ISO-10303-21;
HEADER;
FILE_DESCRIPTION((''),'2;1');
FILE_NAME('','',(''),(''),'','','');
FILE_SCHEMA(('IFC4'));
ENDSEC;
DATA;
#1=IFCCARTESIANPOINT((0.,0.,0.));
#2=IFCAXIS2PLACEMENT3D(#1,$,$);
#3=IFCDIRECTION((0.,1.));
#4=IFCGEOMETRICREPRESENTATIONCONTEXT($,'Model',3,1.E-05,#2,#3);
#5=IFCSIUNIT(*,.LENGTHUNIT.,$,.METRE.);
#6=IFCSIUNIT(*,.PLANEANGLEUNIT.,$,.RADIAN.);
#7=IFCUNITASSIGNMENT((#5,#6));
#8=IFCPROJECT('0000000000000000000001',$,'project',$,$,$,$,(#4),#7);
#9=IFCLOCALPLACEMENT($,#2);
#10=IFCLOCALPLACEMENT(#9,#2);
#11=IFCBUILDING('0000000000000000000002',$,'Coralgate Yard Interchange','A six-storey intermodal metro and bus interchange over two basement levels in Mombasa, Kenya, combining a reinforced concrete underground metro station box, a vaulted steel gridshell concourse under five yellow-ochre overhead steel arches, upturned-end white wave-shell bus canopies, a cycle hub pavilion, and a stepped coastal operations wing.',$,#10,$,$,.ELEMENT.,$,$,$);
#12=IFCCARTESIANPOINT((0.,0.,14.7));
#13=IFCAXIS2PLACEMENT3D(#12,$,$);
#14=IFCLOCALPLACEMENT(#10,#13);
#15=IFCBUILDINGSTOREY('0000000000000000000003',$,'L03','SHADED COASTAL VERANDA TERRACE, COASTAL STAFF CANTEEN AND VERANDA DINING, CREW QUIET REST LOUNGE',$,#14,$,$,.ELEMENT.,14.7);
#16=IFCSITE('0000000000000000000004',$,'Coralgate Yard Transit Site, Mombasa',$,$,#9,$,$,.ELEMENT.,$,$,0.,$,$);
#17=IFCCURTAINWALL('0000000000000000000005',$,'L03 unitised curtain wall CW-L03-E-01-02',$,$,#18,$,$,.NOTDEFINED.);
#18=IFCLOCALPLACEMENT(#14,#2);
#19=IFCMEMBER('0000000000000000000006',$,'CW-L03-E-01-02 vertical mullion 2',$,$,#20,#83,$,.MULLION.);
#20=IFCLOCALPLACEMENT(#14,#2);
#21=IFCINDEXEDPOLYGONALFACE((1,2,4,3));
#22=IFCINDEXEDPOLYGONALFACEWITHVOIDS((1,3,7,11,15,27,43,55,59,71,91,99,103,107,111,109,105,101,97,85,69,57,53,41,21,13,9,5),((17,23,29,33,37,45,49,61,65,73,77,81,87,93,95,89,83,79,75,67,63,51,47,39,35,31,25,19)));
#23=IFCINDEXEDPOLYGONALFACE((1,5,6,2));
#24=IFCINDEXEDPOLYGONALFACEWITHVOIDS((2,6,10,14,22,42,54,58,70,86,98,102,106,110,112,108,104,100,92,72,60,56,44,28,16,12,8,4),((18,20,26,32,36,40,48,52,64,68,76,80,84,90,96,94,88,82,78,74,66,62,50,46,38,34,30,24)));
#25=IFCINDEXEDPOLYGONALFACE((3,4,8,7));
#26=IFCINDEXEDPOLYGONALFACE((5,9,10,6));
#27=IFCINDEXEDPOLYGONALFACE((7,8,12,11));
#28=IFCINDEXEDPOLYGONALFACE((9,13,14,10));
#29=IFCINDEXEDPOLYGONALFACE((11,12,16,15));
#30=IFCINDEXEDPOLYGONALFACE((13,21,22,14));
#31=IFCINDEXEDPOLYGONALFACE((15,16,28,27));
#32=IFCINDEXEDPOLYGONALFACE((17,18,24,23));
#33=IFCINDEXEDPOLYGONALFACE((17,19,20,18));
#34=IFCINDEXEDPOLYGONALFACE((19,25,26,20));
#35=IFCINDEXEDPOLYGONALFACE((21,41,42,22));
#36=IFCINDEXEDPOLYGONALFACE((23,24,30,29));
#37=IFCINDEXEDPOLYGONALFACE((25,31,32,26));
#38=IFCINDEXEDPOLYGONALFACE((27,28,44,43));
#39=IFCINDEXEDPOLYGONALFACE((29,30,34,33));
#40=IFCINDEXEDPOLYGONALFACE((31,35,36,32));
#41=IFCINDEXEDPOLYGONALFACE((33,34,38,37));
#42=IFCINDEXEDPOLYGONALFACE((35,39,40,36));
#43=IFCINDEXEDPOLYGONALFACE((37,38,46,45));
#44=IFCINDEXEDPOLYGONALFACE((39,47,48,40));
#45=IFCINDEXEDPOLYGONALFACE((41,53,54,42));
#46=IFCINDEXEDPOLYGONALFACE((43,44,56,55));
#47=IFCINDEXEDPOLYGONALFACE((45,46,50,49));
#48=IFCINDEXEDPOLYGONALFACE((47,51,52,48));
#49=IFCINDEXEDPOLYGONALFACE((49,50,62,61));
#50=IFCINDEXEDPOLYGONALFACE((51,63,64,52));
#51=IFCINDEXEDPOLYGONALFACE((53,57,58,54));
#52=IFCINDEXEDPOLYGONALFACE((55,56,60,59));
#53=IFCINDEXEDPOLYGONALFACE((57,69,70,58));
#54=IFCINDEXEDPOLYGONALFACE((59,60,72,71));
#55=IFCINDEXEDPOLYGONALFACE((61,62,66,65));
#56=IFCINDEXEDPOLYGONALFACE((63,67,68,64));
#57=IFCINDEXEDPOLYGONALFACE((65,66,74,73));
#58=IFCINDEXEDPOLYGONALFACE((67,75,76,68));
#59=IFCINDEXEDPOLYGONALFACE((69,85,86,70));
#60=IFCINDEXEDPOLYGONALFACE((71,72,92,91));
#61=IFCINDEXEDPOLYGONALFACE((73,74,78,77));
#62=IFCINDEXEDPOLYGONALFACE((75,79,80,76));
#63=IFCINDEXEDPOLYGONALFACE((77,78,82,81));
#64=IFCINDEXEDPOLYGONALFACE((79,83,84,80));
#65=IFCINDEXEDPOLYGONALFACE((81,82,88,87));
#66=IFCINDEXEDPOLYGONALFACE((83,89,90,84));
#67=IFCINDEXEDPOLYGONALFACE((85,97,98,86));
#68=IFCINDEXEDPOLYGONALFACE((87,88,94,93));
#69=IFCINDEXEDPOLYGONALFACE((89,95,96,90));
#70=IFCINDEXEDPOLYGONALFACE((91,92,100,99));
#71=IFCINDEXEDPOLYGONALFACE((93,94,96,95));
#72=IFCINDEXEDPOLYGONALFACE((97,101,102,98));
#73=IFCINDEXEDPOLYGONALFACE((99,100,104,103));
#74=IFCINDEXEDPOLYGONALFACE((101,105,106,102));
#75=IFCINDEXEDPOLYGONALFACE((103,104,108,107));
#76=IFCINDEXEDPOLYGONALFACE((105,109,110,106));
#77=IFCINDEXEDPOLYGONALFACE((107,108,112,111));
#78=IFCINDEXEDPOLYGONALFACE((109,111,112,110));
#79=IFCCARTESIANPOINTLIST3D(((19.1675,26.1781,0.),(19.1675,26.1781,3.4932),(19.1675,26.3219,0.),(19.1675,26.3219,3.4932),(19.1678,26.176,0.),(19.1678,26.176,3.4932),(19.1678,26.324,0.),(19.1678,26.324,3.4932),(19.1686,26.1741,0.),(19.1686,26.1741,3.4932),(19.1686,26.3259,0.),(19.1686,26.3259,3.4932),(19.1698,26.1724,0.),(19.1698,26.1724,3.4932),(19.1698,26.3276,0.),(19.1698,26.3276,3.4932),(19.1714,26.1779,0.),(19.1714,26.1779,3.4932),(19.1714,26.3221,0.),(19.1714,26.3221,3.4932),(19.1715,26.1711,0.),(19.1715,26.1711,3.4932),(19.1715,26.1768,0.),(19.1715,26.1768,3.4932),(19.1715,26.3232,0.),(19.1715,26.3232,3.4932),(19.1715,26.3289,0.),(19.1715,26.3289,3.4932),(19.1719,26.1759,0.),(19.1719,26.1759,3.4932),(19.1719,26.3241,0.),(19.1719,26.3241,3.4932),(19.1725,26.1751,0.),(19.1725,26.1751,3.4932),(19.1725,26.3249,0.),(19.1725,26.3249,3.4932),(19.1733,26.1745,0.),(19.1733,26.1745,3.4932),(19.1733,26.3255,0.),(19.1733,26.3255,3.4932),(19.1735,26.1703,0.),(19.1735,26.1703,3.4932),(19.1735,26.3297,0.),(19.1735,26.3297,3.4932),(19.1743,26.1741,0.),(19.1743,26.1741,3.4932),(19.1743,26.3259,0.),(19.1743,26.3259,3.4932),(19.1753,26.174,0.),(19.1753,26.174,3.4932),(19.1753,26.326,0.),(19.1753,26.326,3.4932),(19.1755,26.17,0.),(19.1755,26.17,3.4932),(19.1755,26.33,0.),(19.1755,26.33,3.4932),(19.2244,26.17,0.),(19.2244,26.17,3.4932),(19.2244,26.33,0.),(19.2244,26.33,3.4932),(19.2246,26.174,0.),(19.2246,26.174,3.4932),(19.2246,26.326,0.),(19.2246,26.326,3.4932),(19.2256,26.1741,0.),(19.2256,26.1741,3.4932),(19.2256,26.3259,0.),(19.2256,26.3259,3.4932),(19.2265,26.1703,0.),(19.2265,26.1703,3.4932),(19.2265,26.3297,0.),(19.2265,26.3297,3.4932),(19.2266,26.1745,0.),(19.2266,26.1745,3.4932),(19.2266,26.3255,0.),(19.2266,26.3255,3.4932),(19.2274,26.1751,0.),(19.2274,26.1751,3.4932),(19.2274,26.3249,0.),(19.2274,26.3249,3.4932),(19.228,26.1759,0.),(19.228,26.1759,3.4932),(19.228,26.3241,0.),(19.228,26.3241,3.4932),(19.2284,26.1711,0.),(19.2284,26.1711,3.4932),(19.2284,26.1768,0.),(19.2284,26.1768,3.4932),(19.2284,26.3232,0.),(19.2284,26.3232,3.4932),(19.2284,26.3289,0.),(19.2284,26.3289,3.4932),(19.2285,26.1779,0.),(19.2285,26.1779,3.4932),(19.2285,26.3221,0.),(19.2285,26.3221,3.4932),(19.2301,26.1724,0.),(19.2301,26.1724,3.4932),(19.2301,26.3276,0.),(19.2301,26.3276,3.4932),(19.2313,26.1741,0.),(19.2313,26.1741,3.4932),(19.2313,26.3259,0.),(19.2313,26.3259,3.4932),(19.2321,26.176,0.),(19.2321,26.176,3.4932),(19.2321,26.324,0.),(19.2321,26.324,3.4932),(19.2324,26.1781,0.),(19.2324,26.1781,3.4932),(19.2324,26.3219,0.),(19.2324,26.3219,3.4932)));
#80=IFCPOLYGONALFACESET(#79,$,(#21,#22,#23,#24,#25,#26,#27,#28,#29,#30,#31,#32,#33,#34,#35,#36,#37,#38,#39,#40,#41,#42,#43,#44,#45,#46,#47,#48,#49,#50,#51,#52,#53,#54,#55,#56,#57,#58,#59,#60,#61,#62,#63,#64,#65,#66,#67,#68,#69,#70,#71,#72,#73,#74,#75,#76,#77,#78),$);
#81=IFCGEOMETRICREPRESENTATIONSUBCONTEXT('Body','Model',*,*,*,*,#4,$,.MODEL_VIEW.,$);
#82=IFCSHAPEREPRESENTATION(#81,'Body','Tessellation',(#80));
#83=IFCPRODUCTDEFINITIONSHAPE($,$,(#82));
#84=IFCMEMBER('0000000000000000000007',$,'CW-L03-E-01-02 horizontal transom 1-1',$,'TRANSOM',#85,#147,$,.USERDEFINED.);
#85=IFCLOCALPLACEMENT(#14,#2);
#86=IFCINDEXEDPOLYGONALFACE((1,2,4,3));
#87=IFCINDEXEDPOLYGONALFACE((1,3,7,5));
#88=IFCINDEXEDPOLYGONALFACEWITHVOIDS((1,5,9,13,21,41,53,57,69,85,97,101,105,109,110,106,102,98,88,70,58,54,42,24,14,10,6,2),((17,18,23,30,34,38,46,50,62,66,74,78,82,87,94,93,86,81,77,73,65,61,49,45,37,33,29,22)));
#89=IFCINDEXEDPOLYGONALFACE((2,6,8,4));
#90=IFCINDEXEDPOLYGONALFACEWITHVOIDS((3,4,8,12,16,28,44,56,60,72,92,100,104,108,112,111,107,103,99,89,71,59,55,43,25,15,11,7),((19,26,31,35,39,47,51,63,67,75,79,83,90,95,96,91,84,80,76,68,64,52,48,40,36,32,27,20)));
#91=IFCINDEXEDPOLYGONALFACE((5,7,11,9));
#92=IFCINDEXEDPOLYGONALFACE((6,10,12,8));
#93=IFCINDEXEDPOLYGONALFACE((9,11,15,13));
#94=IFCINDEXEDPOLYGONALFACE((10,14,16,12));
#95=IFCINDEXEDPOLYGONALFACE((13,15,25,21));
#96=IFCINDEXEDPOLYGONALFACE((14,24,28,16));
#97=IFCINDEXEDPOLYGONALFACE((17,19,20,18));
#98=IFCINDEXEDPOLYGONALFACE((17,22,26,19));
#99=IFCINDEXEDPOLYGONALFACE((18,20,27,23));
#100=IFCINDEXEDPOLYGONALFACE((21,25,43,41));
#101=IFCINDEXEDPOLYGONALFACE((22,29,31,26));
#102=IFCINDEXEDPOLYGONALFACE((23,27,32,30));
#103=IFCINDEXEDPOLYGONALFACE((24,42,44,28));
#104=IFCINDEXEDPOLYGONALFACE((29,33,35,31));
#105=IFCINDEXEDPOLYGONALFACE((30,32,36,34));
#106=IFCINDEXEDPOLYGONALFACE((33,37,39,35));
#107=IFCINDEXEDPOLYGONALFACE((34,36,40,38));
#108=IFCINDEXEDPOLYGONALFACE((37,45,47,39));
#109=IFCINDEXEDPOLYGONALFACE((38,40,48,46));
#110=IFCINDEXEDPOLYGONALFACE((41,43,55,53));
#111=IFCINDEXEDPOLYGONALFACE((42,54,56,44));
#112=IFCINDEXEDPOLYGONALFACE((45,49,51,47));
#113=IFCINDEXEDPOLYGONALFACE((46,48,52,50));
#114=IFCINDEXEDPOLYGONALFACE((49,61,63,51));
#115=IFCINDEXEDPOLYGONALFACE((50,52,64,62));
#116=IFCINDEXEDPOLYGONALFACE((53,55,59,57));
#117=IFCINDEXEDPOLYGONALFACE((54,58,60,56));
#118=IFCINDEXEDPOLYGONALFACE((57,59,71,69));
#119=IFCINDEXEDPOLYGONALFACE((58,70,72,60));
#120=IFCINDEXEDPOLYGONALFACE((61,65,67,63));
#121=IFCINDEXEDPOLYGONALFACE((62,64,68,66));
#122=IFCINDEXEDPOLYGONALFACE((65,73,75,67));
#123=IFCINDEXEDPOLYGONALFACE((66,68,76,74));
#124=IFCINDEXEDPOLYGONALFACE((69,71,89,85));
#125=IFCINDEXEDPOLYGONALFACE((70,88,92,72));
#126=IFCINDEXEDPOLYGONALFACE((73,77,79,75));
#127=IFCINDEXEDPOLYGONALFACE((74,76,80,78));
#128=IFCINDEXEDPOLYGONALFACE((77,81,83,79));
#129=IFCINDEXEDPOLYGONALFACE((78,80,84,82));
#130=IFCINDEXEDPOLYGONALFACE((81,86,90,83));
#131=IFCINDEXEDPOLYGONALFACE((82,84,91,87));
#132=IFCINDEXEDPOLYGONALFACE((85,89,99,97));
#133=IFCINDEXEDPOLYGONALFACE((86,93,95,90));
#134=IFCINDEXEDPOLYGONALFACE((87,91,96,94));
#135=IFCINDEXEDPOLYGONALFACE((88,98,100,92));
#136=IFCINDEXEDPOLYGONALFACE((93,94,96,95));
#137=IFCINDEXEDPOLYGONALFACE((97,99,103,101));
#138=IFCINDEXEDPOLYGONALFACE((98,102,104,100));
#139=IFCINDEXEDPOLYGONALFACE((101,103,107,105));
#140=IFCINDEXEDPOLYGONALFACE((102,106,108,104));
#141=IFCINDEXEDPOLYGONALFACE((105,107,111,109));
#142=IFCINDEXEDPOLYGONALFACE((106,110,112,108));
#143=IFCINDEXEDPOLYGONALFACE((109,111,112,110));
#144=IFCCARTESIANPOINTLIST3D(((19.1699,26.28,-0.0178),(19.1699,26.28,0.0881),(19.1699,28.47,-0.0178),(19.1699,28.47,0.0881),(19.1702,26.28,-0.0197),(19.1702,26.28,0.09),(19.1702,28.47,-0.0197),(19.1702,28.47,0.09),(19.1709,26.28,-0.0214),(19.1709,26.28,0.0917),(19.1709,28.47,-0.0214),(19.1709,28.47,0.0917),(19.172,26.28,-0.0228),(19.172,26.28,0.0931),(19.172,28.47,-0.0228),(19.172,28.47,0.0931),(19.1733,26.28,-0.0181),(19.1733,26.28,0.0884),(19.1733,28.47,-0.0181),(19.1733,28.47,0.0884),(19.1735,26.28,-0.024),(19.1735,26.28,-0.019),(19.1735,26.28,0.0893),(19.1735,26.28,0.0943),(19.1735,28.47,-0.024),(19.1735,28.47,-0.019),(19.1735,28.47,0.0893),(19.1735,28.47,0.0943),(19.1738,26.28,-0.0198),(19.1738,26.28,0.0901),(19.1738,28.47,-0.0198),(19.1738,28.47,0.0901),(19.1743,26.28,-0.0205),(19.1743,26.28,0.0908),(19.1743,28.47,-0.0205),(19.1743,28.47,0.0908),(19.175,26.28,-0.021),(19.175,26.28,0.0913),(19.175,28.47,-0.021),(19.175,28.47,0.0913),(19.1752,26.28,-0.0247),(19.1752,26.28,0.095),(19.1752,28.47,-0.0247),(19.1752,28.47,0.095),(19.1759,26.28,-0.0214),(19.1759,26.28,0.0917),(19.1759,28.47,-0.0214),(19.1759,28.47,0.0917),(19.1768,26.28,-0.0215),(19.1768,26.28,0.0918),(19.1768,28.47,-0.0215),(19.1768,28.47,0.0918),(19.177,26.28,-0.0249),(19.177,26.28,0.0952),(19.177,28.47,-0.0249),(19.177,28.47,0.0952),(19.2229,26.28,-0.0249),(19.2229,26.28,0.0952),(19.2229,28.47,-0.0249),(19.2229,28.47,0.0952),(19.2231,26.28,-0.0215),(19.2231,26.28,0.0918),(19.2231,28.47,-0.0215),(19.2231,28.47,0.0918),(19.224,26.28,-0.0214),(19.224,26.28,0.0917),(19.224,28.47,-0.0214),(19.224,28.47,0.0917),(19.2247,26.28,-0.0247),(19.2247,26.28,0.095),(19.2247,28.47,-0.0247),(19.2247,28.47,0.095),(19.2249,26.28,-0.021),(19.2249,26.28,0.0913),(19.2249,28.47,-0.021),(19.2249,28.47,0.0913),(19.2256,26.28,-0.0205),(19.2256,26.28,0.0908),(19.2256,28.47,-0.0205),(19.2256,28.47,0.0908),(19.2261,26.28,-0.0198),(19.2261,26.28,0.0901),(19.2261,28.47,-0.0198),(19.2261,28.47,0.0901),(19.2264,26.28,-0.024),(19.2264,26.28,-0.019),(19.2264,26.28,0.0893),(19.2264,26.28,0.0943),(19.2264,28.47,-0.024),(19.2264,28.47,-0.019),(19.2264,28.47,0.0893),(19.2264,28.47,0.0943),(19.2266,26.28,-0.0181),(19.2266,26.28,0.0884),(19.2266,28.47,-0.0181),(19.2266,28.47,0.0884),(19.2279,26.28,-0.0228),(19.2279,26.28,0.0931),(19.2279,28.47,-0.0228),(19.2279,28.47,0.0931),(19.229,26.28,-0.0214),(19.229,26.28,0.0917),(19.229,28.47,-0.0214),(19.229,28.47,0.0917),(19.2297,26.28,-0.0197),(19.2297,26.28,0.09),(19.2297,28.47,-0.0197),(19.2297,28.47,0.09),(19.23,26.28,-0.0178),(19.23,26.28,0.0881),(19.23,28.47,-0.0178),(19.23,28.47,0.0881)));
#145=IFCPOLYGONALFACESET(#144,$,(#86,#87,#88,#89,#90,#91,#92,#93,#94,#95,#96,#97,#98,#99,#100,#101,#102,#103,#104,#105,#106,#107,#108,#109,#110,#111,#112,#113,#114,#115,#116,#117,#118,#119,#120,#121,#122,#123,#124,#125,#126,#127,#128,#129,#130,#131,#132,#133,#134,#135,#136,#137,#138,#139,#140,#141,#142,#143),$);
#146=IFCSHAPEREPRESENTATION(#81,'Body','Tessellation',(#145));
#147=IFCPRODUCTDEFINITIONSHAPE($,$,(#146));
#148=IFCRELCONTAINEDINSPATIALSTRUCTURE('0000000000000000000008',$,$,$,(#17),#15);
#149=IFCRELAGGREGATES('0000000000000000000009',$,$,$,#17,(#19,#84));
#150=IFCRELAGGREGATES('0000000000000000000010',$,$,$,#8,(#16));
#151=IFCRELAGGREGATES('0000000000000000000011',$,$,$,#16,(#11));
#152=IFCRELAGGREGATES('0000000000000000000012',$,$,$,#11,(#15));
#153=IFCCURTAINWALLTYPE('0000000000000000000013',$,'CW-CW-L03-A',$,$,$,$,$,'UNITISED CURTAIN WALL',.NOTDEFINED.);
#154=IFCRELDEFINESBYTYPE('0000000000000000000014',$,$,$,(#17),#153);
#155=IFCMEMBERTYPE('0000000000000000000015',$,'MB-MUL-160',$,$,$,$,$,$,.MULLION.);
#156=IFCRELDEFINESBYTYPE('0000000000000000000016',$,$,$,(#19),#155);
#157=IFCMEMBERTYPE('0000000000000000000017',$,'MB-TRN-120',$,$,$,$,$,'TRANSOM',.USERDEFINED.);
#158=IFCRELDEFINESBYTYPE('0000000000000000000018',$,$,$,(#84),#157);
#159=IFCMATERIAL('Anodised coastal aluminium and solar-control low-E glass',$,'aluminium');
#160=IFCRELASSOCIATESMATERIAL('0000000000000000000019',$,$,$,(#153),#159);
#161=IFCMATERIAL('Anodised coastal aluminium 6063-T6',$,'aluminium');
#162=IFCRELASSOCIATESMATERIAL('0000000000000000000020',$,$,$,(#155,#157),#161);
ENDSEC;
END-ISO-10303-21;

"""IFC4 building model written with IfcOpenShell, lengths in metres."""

from ifc_helpers import new_model, si_unit, direction, frame, origin, origin_2d, place, context, subcontext, project, spatial, hollow_rectangle, extrude, material, material_profile, profile_set, type_object, element, aggregate, save


model = new_model("IFC4")

# Units and contexts
model_context = context("Model", 3, precision=1e-05, world=origin(), true_north=direction((0.0, 1.0)))
body_context = subcontext(model_context, "Body", "Model", "MODEL_VIEW")
ifc_project = project(units=[si_unit("LENGTHUNIT", "METRE"), si_unit("PLANEANGLEUNIT", "RADIAN")], contexts=[model_context])

# Site, building, storey
site_placement = place(None, origin())
site = spatial("IfcSite", under=ifc_project, at=site_placement, Name="Coralgate Yard Transit Site, Mombasa", CompositionType="ELEMENT", RefElevation=0.0)
building_placement = place(site_placement, origin())
building = spatial("IfcBuilding", under=site, at=building_placement, Name="Coralgate Yard Interchange", Description="A six-storey intermodal metro and bus interchange over two basement levels in Mombasa, Kenya, combining a reinforced concrete underground metro station box, a vaulted steel gridshell concourse under five yellow-ochre overhead steel arches, upturned-end white wave-shell bus canopies, a cycle hub pavilion, and a stepped coastal operations wing.", CompositionType="ELEMENT")
storey_placement = place(building_placement, frame((0.0, 0.0, 14.7)))
storey = spatial("IfcBuildingStorey", under=building, at=storey_placement, Name="L03", Description="SHADED COASTAL VERANDA TERRACE, COASTAL STAFF CANTEEN AND VERANDA DINING, CREW QUIET REST LOUNGE", CompositionType="ELEMENT", Elevation=14.7)

# Curtain wall, members
ifc_material_1 = material(Name="Anodised coastal aluminium and solar-control low-E glass", Category="aluminium")
curtain_wall_type = type_object("IfcCurtainWallType", Name="CW-CW-L03-A", ElementType="UNITISED CURTAIN WALL", PredefinedType="NOTDEFINED", material=ifc_material_1)
curtain_wall_placement = place(storey_placement, origin())
curtain_wall = element("IfcCurtainWall", 1, at=curtain_wall_placement, inside=storey, type_object=curtain_wall_type, Name="L03 unitised curtain wall CW-L03-E-01-02", PredefinedType="NOTDEFINED")
ifc_material_2 = material(Name="Anodised coastal aluminium 6063-T6", Category="aluminium")
ifc_material_profile_1 = material_profile(ifc_material_2, hollow_rectangle(XDim=0.0649, YDim=0.1599, WallThickness=0.0039, InnerFilletRadius=0.0039, OuterFilletRadius=0.0081, at=origin_2d()), Name="ALU 65x160x4")
ifc_profile_set_1 = profile_set([ifc_material_profile_1], Name="Anodised coastal aluminium 6063-T6")
member_type_1 = type_object("IfcMemberType", Name="MB-MUL-160", PredefinedType="MULLION", material=ifc_profile_set_1)
member_1_placement = place(storey_placement, frame((19.2, 26.25, 0.0), z_axis=(0.0, 0.0, 1.0), x_axis=(1.0, 0.0, 0.0)))
member_1 = element("IfcMember", 2, at=member_1_placement, type_object=member_type_1, Name="CW-L03-E-01-02 vertical mullion 2", PredefinedType="MULLION", context=body_context, shape_type="SweptSolid", body=[
    extrude(hollow_rectangle(XDim=0.0649, YDim=0.1599, WallThickness=0.0039, InnerFilletRadius=0.0039, OuterFilletRadius=0.0081, at=origin_2d()), origin(), (0.0, 0.0, 1.0), 3.4932),
])
ifc_material_profile_2 = material_profile(ifc_material_2, hollow_rectangle(XDim=0.0601, YDim=0.1201, WallThickness=0.0034, InnerFilletRadius=0.0034, OuterFilletRadius=0.0071, at=origin_2d()), Name="ALU 60x120x3.5")
ifc_profile_set_2 = profile_set([ifc_material_profile_2], Name="Anodised coastal aluminium 6063-T6")
member_type_2 = type_object("IfcMemberType", Name="MB-TRN-120", ElementType="TRANSOM", PredefinedType="USERDEFINED", material=ifc_profile_set_2)
member_2_placement = place(storey_placement, frame((19.2, 28.47, 0.0352), z_axis=(0.0, -1.0, 0.0), x_axis=(1.0, 0.0, 0.0)))
member_2 = element("IfcMember", 3, at=member_2_placement, type_object=member_type_2, Name="CW-L03-E-01-02 horizontal transom 1-1", ObjectType="TRANSOM", PredefinedType="USERDEFINED", context=body_context, shape_type="SweptSolid", body=[
    extrude(hollow_rectangle(XDim=0.0601, YDim=0.1201, WallThickness=0.0034, InnerFilletRadius=0.0034, OuterFilletRadius=0.0071, at=origin_2d()), origin(), (0.0, 0.0, 1.0), 2.1899),
])
aggregate(curtain_wall, [member_1, member_2])

save(model, "model.ifc")
